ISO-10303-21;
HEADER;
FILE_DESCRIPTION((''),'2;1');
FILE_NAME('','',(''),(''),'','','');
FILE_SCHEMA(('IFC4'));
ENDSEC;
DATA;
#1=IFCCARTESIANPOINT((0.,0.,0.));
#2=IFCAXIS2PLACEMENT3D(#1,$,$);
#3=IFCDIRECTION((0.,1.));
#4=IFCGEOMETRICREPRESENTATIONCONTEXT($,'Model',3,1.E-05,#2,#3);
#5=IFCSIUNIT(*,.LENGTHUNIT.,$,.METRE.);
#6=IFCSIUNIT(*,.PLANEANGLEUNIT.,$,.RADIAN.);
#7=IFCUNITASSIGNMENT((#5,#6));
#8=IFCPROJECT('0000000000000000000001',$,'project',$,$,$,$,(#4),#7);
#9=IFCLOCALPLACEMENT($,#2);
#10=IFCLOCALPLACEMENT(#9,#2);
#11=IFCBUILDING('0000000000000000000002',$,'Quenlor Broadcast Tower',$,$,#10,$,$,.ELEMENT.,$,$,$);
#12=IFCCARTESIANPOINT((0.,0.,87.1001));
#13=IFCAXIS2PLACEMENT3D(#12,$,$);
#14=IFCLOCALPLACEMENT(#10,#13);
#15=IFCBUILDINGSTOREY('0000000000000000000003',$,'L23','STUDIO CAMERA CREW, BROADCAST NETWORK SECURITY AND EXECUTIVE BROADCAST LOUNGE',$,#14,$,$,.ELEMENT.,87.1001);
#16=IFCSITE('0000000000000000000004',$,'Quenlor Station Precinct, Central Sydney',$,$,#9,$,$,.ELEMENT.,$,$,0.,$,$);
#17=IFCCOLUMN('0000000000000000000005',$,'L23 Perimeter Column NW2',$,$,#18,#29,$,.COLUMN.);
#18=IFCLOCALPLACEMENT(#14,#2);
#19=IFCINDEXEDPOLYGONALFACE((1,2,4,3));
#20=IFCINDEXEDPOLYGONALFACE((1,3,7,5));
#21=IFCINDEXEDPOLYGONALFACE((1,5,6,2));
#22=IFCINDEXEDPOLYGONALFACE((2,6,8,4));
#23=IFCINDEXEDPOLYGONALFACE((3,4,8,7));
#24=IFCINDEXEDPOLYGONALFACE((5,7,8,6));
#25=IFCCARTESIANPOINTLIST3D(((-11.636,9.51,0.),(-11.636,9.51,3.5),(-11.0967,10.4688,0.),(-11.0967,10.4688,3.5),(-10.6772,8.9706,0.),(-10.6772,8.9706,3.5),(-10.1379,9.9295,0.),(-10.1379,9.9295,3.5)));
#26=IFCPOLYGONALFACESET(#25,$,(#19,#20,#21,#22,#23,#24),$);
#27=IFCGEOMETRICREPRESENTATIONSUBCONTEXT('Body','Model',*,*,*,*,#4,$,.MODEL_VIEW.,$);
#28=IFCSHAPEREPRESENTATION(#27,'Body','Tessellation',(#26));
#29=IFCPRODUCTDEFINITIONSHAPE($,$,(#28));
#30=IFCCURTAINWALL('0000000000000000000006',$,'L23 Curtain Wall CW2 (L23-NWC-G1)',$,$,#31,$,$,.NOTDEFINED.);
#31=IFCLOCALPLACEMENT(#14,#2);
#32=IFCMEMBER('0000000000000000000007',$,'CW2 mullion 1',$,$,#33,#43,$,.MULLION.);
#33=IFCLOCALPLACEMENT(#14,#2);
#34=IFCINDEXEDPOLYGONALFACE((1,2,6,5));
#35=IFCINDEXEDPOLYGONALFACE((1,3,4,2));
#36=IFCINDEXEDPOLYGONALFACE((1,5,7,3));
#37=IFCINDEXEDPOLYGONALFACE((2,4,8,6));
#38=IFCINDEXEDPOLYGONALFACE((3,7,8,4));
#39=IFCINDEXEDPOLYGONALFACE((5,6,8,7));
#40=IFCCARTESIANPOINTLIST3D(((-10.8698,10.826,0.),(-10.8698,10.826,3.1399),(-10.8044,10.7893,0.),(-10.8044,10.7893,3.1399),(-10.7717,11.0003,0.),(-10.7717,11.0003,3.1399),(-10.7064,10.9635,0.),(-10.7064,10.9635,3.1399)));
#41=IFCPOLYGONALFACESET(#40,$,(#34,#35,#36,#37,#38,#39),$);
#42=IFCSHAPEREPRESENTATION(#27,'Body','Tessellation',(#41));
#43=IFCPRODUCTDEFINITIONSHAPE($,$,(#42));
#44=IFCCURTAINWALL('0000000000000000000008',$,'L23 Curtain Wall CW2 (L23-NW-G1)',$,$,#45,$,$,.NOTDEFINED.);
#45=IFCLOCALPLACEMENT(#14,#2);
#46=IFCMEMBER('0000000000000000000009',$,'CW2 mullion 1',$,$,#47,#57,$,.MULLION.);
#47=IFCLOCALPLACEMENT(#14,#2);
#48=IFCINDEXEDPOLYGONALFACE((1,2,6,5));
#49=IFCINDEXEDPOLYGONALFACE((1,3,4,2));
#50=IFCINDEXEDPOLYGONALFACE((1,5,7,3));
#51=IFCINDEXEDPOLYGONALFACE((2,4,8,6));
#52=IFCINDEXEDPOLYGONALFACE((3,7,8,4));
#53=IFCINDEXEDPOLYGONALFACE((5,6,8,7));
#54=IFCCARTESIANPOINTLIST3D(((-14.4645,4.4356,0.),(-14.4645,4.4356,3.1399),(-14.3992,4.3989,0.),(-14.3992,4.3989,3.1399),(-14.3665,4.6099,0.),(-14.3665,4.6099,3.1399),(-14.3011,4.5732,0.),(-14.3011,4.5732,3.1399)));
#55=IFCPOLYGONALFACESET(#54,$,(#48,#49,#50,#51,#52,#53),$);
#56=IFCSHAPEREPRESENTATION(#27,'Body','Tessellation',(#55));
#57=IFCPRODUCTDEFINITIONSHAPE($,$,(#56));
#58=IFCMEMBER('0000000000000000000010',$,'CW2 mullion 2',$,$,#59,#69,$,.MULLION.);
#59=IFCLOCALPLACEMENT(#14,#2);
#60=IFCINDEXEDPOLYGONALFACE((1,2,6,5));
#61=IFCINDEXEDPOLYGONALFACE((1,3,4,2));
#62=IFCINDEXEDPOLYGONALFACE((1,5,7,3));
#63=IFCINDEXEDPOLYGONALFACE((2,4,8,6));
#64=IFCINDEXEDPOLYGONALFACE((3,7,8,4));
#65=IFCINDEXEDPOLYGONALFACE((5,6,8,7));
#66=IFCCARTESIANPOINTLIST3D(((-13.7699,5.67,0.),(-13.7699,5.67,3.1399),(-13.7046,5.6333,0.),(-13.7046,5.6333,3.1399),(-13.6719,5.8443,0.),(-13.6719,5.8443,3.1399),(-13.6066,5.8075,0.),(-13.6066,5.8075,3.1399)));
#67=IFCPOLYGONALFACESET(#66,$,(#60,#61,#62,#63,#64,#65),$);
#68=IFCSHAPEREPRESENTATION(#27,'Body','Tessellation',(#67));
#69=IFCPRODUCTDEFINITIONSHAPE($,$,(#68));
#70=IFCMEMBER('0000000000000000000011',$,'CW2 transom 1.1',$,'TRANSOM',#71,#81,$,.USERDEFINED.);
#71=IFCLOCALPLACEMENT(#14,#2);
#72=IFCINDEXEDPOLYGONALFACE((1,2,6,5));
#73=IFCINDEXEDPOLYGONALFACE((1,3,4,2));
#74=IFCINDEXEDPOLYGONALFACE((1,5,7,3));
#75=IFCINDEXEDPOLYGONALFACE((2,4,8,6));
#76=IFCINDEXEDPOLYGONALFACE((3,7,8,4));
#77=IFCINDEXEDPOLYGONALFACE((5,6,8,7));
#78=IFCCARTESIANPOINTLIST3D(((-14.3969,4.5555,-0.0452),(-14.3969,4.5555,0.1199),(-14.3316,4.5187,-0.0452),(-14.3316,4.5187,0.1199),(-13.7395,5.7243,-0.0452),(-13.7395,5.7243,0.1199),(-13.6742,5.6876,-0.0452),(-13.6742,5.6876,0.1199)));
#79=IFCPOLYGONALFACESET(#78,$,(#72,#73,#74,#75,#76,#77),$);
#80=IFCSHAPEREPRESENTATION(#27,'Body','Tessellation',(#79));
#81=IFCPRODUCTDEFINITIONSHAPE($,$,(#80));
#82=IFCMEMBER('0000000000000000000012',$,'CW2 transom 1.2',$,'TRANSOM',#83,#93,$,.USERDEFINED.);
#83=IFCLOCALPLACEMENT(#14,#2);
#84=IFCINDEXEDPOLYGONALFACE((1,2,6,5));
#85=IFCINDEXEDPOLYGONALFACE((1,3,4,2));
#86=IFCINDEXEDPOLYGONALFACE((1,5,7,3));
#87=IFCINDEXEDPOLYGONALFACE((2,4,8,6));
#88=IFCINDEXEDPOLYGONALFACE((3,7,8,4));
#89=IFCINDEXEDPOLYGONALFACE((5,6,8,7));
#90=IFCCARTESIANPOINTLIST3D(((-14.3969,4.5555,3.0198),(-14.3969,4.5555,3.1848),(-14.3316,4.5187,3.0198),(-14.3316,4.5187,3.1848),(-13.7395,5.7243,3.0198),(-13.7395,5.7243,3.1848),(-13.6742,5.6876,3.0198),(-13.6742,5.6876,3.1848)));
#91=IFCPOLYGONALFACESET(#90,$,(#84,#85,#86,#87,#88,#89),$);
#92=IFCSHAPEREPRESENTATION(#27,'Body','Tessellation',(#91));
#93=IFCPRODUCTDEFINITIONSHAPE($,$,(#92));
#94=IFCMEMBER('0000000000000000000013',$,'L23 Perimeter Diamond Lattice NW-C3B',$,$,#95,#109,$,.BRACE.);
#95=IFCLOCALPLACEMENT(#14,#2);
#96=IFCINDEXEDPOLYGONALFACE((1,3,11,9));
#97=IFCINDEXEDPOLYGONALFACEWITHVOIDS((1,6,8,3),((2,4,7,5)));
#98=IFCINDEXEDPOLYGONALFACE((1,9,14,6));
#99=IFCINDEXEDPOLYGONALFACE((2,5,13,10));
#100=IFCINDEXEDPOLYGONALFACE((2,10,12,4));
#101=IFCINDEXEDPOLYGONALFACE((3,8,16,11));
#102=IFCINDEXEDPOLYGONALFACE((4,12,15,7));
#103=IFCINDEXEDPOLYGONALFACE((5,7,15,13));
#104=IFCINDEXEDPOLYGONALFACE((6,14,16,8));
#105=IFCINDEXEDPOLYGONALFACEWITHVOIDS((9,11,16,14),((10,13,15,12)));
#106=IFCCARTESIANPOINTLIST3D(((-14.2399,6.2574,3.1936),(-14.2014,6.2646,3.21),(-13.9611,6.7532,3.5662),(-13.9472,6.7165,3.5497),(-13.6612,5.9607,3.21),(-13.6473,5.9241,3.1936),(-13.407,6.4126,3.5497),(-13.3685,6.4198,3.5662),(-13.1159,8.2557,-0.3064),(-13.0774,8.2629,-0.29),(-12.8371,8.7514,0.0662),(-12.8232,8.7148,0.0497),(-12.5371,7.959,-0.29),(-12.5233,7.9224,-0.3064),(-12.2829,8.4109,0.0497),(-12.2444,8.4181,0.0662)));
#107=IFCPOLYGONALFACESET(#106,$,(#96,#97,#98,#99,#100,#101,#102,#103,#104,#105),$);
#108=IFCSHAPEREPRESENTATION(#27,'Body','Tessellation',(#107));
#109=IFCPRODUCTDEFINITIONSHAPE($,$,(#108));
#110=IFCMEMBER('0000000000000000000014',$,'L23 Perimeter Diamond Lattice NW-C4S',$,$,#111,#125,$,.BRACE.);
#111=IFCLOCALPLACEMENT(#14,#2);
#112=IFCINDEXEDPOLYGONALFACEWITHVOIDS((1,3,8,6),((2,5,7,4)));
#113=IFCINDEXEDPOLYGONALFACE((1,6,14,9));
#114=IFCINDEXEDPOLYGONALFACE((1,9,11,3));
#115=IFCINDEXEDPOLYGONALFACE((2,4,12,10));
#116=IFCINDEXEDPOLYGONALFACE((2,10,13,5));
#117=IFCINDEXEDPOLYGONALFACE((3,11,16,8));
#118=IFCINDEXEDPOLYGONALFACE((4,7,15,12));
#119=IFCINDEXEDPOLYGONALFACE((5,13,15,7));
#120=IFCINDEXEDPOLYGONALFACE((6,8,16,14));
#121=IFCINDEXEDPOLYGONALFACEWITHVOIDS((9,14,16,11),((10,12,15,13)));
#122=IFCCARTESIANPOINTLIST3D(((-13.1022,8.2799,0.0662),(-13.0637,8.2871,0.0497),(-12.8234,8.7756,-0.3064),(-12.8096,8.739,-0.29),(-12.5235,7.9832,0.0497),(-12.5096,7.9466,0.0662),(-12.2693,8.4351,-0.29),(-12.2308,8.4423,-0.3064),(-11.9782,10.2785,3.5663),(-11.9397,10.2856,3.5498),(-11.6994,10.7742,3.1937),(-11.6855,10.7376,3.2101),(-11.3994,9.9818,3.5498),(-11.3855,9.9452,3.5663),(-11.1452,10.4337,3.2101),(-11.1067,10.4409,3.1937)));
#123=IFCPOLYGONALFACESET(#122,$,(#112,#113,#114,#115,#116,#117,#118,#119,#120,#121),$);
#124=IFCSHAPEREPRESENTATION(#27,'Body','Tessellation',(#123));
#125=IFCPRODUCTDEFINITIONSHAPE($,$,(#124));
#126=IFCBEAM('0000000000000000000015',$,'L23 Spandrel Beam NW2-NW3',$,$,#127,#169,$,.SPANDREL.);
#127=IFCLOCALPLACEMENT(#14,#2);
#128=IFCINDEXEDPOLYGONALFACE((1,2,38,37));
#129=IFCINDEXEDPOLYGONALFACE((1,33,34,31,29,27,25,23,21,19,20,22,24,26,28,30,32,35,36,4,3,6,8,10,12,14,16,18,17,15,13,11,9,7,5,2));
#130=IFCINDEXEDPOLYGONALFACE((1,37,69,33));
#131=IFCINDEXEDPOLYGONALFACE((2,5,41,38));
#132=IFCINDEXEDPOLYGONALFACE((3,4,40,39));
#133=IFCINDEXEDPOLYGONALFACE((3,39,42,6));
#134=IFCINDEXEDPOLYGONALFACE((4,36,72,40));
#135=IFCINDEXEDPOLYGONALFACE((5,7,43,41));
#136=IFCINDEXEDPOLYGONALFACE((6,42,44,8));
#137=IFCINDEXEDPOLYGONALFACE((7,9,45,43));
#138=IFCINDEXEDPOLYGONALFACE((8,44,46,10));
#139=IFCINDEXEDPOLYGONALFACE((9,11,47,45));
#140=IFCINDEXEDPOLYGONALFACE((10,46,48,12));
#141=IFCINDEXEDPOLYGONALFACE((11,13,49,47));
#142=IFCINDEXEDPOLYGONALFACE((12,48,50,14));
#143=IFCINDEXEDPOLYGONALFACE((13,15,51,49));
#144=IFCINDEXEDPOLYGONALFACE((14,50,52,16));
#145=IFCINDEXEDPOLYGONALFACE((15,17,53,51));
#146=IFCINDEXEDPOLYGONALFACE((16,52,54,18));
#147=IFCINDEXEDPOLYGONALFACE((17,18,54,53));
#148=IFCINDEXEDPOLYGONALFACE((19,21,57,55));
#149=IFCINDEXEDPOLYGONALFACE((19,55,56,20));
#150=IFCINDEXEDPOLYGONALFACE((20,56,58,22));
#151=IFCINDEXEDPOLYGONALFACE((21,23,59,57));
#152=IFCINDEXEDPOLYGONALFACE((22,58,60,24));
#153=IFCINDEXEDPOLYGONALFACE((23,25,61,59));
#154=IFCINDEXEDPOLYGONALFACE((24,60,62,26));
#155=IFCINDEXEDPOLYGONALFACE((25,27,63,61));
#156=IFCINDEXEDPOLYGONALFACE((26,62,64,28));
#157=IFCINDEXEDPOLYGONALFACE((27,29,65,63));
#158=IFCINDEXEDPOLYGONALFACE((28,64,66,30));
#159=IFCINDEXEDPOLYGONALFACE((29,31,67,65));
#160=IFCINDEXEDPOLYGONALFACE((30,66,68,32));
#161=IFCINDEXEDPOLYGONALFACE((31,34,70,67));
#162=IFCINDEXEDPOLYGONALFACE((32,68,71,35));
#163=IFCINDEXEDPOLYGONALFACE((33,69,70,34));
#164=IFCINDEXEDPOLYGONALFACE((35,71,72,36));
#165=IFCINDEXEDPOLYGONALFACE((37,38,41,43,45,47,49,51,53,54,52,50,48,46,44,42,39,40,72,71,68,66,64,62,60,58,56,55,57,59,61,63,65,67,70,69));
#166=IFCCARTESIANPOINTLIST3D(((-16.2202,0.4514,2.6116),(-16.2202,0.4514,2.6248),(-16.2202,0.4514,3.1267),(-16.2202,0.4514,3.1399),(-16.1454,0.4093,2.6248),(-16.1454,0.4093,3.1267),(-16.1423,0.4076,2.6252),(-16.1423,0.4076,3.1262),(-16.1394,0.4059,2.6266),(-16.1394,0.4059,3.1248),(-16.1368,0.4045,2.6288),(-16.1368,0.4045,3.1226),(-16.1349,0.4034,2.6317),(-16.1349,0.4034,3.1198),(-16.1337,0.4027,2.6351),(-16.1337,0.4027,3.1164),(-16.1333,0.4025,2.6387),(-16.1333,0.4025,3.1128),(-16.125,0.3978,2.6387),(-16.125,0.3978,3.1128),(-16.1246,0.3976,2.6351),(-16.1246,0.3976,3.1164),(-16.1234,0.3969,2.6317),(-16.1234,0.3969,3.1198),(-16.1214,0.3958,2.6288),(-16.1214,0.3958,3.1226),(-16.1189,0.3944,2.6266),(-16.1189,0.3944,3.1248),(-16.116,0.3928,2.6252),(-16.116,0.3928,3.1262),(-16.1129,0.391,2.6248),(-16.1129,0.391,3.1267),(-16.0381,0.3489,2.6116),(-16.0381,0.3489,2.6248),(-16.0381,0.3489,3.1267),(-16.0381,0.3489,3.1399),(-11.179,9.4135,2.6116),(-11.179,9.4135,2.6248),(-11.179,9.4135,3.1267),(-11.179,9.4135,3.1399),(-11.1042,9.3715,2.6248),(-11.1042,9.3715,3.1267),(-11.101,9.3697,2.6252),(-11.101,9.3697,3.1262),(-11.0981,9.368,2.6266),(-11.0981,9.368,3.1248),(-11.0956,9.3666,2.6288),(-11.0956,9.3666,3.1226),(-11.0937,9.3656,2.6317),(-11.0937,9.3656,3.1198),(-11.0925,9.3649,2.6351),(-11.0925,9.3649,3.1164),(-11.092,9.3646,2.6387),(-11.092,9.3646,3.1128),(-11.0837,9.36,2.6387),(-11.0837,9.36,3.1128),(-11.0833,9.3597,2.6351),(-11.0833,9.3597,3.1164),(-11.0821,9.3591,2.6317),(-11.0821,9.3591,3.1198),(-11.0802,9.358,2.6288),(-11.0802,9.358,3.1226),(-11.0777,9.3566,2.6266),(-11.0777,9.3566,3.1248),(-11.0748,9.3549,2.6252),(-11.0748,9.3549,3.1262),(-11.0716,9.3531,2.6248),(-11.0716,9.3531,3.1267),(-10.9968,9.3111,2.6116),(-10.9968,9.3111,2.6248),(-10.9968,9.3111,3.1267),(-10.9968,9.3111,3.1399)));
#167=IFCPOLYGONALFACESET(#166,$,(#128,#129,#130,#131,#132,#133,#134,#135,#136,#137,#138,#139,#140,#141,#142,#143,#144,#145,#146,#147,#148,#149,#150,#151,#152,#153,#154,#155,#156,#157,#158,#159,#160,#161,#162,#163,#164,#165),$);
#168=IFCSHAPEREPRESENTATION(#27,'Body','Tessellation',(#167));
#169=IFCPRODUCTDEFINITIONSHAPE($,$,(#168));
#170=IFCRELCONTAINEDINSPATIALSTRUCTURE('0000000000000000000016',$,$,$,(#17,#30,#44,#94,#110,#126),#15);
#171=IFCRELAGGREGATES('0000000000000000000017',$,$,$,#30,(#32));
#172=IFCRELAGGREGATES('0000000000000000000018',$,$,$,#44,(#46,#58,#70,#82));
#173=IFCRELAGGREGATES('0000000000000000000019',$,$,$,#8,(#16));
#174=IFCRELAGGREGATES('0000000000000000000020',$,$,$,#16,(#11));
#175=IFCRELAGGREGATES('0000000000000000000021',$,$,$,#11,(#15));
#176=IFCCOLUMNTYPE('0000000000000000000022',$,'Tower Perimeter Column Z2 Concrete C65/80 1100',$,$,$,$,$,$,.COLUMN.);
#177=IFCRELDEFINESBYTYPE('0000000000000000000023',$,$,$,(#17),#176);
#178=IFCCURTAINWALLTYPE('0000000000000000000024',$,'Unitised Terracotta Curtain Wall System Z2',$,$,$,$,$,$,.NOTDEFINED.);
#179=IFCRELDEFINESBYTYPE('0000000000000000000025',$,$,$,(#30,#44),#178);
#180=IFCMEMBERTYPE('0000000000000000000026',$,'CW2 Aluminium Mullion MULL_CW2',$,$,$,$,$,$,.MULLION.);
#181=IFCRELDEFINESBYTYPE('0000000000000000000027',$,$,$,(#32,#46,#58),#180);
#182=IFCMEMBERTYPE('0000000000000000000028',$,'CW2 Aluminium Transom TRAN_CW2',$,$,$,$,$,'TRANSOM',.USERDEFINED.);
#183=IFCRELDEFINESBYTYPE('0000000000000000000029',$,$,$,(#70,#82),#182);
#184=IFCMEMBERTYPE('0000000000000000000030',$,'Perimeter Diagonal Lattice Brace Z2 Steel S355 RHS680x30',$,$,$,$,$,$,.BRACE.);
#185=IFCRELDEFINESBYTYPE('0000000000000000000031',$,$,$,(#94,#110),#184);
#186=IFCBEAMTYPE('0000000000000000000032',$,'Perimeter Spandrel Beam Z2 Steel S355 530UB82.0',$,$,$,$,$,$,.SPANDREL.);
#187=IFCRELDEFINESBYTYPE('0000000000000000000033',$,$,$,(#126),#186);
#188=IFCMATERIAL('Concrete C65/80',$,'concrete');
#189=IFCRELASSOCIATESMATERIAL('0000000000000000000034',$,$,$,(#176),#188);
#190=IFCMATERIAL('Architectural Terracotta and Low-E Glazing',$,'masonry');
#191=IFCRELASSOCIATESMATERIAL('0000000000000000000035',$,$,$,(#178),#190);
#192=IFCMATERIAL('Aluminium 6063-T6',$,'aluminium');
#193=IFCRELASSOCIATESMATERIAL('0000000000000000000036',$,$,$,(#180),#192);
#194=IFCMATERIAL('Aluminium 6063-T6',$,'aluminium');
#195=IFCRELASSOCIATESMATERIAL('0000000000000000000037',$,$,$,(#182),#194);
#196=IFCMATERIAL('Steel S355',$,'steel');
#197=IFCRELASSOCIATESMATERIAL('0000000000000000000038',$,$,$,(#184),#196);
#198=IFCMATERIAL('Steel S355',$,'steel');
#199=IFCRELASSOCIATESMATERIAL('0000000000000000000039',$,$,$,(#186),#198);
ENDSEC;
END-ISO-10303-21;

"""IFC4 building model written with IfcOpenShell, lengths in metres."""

from ifc_helpers import new_model, si_unit, direction, frame, origin, origin_2d, place, context, subcontext, project, spatial, rectangle, hollow_rectangle, i_section, extrude, material, material_profile, profile_set, type_object, element, aggregate, save


model = new_model("IFC4")

# Units and contexts
model_context = context("Model", 3, precision=1e-05, world=origin(), true_north=direction((0.0, 1.0)))
body_context = subcontext(model_context, "Body", "Model", "MODEL_VIEW")
ifc_project = project(units=[si_unit("LENGTHUNIT", "METRE"), si_unit("PLANEANGLEUNIT", "RADIAN")], contexts=[model_context])

# Site, building, storey
site_placement = place(None, origin())
site = spatial("IfcSite", under=ifc_project, at=site_placement, Name="Quenlor Station Precinct, Central Sydney", CompositionType="ELEMENT", RefElevation=0.0)
building_placement = place(site_placement, origin())
building = spatial("IfcBuilding", under=site, at=building_placement, Name="Quenlor Broadcast Tower", CompositionType="ELEMENT")
storey_placement = place(building_placement, frame((0.0, 0.0, 87.1001)))
storey = spatial("IfcBuildingStorey", under=building, at=storey_placement, Name="L23", Description="STUDIO CAMERA CREW, BROADCAST NETWORK SECURITY AND EXECUTIVE BROADCAST LOUNGE", CompositionType="ELEMENT", Elevation=87.1001)

# Column
ifc_material_1 = material(Name="Concrete C65/80", Category="concrete")
ifc_material_profile_1 = material_profile(ifc_material_1, rectangle(XDim=1.1001, YDim=1.1001, at=origin_2d()))
ifc_profile_set_1 = profile_set([ifc_material_profile_1], Name="Concrete C65/80 RC1100x1100")
column_type = type_object("IfcColumnType", Name="Tower Perimeter Column Z2 Concrete C65/80 1100", PredefinedType="COLUMN", material=ifc_profile_set_1)
column_placement = place(storey_placement, frame((-10.887, 9.7197, 0.0), z_axis=(0.0, 0.0, 1.0), x_axis=(-0.871575, 0.490262, 0.0)))
element("IfcColumn", 1, at=column_placement, inside=storey, type_object=column_type, Name="L23 Perimeter Column NW2", PredefinedType="COLUMN", context=body_context, shape_type="SweptSolid", body=[
    extrude(rectangle(XDim=1.1001, YDim=1.1001, at=origin_2d()), origin(), (0.0, 0.0, 1.0), 3.5),
])

# Curtain wall, member
ifc_material_2 = material(Name="Architectural Terracotta and Low-E Glazing", Category="masonry")
curtain_wall_type = type_object("IfcCurtainWallType", Name="Unitised Terracotta Curtain Wall System Z2", PredefinedType="NOTDEFINED", material=ifc_material_2)
curtain_wall_1_placement = place(storey_placement, origin())
curtain_wall_1 = element("IfcCurtainWall", 2, at=curtain_wall_1_placement, inside=storey, type_object=curtain_wall_type, Name="L23 Curtain Wall CW2 (L23-NWC-G1)", PredefinedType="NOTDEFINED")
ifc_material_3 = material(Name="Aluminium 6063-T6", Category="aluminium")
ifc_material_profile_2 = material_profile(ifc_material_3, rectangle(XDim=0.075, YDim=0.2, at=origin_2d()))
ifc_profile_set_2 = profile_set([ifc_material_profile_2], Name="Aluminium 6063-T6 MULL75x200")
member_type_1 = type_object("IfcMemberType", Name="CW2 Aluminium Mullion MULL_CW2", PredefinedType="MULLION", material=ifc_profile_set_2)
member_1_placement = place(storey_placement, frame((-10.7881, 10.8948, 0.0), z_axis=(0.0, 0.0, 1.0), x_axis=(-0.871583, 0.490249, 0.0)))
member_1 = element("IfcMember", 3, at=member_1_placement, type_object=member_type_1, Name="CW2 mullion 1", PredefinedType="MULLION", context=body_context, shape_type="SweptSolid", body=[
    extrude(rectangle(XDim=0.075, YDim=0.2, at=origin_2d()), origin(), (0.0, 0.0, 1.0), 3.1399),
])
aggregate(curtain_wall_1, [member_1])

# Curtain wall, members
curtain_wall_2_placement = place(storey_placement, origin())
curtain_wall_2 = element("IfcCurtainWall", 4, at=curtain_wall_2_placement, inside=storey, type_object=curtain_wall_type, Name="L23 Curtain Wall CW2 (L23-NW-G1)", PredefinedType="NOTDEFINED")
member_2_placement = place(storey_placement, frame((-14.3828, 4.5044, 0.0), z_axis=(0.0, 0.0, 1.0), x_axis=(-0.871558, 0.490293, 0.0)))
member_2 = element("IfcMember", 5, at=member_2_placement, type_object=member_type_1, Name="CW2 mullion 1", PredefinedType="MULLION", context=body_context, shape_type="SweptSolid", body=[
    extrude(rectangle(XDim=0.075, YDim=0.2, at=origin_2d()), origin(), (0.0, 0.0, 1.0), 3.1399),
])
member_3_placement = place(storey_placement, frame((-13.6882, 5.7388, 0.0), z_axis=(0.0, 0.0, 1.0), x_axis=(-0.871558, 0.490293, 0.0)))
member_3 = element("IfcMember", 6, at=member_3_placement, type_object=member_type_1, Name="CW2 mullion 2", PredefinedType="MULLION", context=body_context, shape_type="SweptSolid", body=[
    extrude(rectangle(XDim=0.075, YDim=0.2, at=origin_2d()), origin(), (0.0, 0.0, 1.0), 3.1399),
])
ifc_material_4 = material(Name="Aluminium 6063-T6", Category="aluminium")
ifc_material_profile_3 = material_profile(ifc_material_4, rectangle(XDim=0.075, YDim=0.165, at=origin_2d()))
ifc_profile_set_3 = profile_set([ifc_material_profile_3], Name="Aluminium 6063-T6 TRAN75x165")
member_type_2 = type_object("IfcMemberType", Name="CW2 Aluminium Transom TRAN_CW2", ElementType="TRANSOM", PredefinedType="USERDEFINED", material=ifc_profile_set_3)
member_4_placement = place(storey_placement, frame((-14.3643, 4.5371, 0.0374), z_axis=(0.490227, 0.871595, 0.0), x_axis=(-0.871595, 0.490227, 0.0)))
member_4 = element("IfcMember", 7, at=member_4_placement, type_object=member_type_2, Name="CW2 transom 1.1", ObjectType="TRANSOM", PredefinedType="USERDEFINED", context=body_context, shape_type="SweptSolid", body=[
    extrude(rectangle(XDim=0.075, YDim=0.165, at=origin_2d()), origin(), (0.0, 0.0, 1.0), 1.3411),
])
member_5_placement = place(storey_placement, frame((-14.3643, 4.5371, 3.1023), z_axis=(0.490227, 0.871595, 0.0), x_axis=(-0.871595, 0.490227, 0.0)))
member_5 = element("IfcMember", 8, at=member_5_placement, type_object=member_type_2, Name="CW2 transom 1.2", ObjectType="TRANSOM", PredefinedType="USERDEFINED", context=body_context, shape_type="SweptSolid", body=[
    extrude(rectangle(XDim=0.075, YDim=0.165, at=origin_2d()), origin(), (0.0, 0.0, 1.0), 1.3411),
])

# Members
ifc_material_5 = material(Name="Steel S355", Category="steel")
ifc_material_profile_4 = material_profile(ifc_material_5, hollow_rectangle(XDim=0.6799, YDim=0.6799, WallThickness=0.03, at=origin_2d()))
ifc_profile_set_4 = profile_set([ifc_material_profile_4], Name="Steel S355 RHS680x680x30")
member_type_3 = type_object("IfcMemberType", Name="Perimeter Diagonal Lattice Brace Z2 Steel S355 RHS680x30", PredefinedType="BRACE", material=ifc_profile_set_4)
member_6_placement = place(storey_placement, frame((-12.6802, 8.3369, -0.1201), z_axis=(-0.268642, -0.477593, 0.836502), x_axis=(0.871578, -0.490256, 0.0)))
element("IfcMember", 9, at=member_6_placement, inside=storey, type_object=member_type_3, Name="L23 Perimeter Diamond Lattice NW-C3B", PredefinedType="BRACE", context=body_context, shape_type="SweptSolid", body=[
    extrude(hollow_rectangle(XDim=0.6799, YDim=0.6799, WallThickness=0.03, at=origin_2d()), origin(), (0.0, 0.0, 1.0), 4.1841),
])
member_7_placement = place(storey_placement, frame((-12.6665, 8.3611, -0.1201), z_axis=(0.268635, 0.477638, 0.836479), x_axis=(-0.871604, 0.490211, 0.0)))
element("IfcMember", 10, at=member_7_placement, inside=storey, type_object=member_type_3, Name="L23 Perimeter Diamond Lattice NW-C4S", PredefinedType="BRACE", context=body_context, shape_type="SweptSolid", body=[
    extrude(hollow_rectangle(XDim=0.6799, YDim=0.6799, WallThickness=0.03, at=origin_2d()), origin(), (0.0, 0.0, 1.0), 4.1843),
])

# Beam
ifc_material_6 = material(Name="Steel S355", Category="steel")
ifc_material_profile_5 = material_profile(ifc_material_6, i_section(OverallWidth=0.209, OverallDepth=0.5283, WebThickness=0.0095, FlangeThickness=0.0132, FilletRadius=0.0139, at=origin_2d()))
ifc_profile_set_5 = profile_set([ifc_material_profile_5], Name="Steel S355 530UB82.0")
beam_type_1 = type_object("IfcBeamType", Name="Perimeter Spandrel Beam Z2 Steel S355 530UB82.0", PredefinedType="SPANDREL", material=ifc_profile_set_5)
beam_1_placement = place(storey_placement, frame((-11.0879, 9.3623, 2.8757), z_axis=(-0.490265, -0.871574, 0.0), x_axis=(0.871574, -0.490265, 0.0)))
element("IfcBeam", 11, at=beam_1_placement, inside=storey, type_object=beam_type_1, Name="L23 Spandrel Beam NW2-NW3", PredefinedType="SPANDREL", context=body_context, shape_type="SweptSolid", body=[
    extrude(i_section(OverallWidth=0.209, OverallDepth=0.5283, WebThickness=0.0095, FlangeThickness=0.0132, FilletRadius=0.0139, at=origin_2d()), origin(), (0.0, 0.0, 1.0), 10.2827),
])

aggregate(curtain_wall_2, [member_2, member_3, member_4, member_5])

save(model, "model.ifc")
